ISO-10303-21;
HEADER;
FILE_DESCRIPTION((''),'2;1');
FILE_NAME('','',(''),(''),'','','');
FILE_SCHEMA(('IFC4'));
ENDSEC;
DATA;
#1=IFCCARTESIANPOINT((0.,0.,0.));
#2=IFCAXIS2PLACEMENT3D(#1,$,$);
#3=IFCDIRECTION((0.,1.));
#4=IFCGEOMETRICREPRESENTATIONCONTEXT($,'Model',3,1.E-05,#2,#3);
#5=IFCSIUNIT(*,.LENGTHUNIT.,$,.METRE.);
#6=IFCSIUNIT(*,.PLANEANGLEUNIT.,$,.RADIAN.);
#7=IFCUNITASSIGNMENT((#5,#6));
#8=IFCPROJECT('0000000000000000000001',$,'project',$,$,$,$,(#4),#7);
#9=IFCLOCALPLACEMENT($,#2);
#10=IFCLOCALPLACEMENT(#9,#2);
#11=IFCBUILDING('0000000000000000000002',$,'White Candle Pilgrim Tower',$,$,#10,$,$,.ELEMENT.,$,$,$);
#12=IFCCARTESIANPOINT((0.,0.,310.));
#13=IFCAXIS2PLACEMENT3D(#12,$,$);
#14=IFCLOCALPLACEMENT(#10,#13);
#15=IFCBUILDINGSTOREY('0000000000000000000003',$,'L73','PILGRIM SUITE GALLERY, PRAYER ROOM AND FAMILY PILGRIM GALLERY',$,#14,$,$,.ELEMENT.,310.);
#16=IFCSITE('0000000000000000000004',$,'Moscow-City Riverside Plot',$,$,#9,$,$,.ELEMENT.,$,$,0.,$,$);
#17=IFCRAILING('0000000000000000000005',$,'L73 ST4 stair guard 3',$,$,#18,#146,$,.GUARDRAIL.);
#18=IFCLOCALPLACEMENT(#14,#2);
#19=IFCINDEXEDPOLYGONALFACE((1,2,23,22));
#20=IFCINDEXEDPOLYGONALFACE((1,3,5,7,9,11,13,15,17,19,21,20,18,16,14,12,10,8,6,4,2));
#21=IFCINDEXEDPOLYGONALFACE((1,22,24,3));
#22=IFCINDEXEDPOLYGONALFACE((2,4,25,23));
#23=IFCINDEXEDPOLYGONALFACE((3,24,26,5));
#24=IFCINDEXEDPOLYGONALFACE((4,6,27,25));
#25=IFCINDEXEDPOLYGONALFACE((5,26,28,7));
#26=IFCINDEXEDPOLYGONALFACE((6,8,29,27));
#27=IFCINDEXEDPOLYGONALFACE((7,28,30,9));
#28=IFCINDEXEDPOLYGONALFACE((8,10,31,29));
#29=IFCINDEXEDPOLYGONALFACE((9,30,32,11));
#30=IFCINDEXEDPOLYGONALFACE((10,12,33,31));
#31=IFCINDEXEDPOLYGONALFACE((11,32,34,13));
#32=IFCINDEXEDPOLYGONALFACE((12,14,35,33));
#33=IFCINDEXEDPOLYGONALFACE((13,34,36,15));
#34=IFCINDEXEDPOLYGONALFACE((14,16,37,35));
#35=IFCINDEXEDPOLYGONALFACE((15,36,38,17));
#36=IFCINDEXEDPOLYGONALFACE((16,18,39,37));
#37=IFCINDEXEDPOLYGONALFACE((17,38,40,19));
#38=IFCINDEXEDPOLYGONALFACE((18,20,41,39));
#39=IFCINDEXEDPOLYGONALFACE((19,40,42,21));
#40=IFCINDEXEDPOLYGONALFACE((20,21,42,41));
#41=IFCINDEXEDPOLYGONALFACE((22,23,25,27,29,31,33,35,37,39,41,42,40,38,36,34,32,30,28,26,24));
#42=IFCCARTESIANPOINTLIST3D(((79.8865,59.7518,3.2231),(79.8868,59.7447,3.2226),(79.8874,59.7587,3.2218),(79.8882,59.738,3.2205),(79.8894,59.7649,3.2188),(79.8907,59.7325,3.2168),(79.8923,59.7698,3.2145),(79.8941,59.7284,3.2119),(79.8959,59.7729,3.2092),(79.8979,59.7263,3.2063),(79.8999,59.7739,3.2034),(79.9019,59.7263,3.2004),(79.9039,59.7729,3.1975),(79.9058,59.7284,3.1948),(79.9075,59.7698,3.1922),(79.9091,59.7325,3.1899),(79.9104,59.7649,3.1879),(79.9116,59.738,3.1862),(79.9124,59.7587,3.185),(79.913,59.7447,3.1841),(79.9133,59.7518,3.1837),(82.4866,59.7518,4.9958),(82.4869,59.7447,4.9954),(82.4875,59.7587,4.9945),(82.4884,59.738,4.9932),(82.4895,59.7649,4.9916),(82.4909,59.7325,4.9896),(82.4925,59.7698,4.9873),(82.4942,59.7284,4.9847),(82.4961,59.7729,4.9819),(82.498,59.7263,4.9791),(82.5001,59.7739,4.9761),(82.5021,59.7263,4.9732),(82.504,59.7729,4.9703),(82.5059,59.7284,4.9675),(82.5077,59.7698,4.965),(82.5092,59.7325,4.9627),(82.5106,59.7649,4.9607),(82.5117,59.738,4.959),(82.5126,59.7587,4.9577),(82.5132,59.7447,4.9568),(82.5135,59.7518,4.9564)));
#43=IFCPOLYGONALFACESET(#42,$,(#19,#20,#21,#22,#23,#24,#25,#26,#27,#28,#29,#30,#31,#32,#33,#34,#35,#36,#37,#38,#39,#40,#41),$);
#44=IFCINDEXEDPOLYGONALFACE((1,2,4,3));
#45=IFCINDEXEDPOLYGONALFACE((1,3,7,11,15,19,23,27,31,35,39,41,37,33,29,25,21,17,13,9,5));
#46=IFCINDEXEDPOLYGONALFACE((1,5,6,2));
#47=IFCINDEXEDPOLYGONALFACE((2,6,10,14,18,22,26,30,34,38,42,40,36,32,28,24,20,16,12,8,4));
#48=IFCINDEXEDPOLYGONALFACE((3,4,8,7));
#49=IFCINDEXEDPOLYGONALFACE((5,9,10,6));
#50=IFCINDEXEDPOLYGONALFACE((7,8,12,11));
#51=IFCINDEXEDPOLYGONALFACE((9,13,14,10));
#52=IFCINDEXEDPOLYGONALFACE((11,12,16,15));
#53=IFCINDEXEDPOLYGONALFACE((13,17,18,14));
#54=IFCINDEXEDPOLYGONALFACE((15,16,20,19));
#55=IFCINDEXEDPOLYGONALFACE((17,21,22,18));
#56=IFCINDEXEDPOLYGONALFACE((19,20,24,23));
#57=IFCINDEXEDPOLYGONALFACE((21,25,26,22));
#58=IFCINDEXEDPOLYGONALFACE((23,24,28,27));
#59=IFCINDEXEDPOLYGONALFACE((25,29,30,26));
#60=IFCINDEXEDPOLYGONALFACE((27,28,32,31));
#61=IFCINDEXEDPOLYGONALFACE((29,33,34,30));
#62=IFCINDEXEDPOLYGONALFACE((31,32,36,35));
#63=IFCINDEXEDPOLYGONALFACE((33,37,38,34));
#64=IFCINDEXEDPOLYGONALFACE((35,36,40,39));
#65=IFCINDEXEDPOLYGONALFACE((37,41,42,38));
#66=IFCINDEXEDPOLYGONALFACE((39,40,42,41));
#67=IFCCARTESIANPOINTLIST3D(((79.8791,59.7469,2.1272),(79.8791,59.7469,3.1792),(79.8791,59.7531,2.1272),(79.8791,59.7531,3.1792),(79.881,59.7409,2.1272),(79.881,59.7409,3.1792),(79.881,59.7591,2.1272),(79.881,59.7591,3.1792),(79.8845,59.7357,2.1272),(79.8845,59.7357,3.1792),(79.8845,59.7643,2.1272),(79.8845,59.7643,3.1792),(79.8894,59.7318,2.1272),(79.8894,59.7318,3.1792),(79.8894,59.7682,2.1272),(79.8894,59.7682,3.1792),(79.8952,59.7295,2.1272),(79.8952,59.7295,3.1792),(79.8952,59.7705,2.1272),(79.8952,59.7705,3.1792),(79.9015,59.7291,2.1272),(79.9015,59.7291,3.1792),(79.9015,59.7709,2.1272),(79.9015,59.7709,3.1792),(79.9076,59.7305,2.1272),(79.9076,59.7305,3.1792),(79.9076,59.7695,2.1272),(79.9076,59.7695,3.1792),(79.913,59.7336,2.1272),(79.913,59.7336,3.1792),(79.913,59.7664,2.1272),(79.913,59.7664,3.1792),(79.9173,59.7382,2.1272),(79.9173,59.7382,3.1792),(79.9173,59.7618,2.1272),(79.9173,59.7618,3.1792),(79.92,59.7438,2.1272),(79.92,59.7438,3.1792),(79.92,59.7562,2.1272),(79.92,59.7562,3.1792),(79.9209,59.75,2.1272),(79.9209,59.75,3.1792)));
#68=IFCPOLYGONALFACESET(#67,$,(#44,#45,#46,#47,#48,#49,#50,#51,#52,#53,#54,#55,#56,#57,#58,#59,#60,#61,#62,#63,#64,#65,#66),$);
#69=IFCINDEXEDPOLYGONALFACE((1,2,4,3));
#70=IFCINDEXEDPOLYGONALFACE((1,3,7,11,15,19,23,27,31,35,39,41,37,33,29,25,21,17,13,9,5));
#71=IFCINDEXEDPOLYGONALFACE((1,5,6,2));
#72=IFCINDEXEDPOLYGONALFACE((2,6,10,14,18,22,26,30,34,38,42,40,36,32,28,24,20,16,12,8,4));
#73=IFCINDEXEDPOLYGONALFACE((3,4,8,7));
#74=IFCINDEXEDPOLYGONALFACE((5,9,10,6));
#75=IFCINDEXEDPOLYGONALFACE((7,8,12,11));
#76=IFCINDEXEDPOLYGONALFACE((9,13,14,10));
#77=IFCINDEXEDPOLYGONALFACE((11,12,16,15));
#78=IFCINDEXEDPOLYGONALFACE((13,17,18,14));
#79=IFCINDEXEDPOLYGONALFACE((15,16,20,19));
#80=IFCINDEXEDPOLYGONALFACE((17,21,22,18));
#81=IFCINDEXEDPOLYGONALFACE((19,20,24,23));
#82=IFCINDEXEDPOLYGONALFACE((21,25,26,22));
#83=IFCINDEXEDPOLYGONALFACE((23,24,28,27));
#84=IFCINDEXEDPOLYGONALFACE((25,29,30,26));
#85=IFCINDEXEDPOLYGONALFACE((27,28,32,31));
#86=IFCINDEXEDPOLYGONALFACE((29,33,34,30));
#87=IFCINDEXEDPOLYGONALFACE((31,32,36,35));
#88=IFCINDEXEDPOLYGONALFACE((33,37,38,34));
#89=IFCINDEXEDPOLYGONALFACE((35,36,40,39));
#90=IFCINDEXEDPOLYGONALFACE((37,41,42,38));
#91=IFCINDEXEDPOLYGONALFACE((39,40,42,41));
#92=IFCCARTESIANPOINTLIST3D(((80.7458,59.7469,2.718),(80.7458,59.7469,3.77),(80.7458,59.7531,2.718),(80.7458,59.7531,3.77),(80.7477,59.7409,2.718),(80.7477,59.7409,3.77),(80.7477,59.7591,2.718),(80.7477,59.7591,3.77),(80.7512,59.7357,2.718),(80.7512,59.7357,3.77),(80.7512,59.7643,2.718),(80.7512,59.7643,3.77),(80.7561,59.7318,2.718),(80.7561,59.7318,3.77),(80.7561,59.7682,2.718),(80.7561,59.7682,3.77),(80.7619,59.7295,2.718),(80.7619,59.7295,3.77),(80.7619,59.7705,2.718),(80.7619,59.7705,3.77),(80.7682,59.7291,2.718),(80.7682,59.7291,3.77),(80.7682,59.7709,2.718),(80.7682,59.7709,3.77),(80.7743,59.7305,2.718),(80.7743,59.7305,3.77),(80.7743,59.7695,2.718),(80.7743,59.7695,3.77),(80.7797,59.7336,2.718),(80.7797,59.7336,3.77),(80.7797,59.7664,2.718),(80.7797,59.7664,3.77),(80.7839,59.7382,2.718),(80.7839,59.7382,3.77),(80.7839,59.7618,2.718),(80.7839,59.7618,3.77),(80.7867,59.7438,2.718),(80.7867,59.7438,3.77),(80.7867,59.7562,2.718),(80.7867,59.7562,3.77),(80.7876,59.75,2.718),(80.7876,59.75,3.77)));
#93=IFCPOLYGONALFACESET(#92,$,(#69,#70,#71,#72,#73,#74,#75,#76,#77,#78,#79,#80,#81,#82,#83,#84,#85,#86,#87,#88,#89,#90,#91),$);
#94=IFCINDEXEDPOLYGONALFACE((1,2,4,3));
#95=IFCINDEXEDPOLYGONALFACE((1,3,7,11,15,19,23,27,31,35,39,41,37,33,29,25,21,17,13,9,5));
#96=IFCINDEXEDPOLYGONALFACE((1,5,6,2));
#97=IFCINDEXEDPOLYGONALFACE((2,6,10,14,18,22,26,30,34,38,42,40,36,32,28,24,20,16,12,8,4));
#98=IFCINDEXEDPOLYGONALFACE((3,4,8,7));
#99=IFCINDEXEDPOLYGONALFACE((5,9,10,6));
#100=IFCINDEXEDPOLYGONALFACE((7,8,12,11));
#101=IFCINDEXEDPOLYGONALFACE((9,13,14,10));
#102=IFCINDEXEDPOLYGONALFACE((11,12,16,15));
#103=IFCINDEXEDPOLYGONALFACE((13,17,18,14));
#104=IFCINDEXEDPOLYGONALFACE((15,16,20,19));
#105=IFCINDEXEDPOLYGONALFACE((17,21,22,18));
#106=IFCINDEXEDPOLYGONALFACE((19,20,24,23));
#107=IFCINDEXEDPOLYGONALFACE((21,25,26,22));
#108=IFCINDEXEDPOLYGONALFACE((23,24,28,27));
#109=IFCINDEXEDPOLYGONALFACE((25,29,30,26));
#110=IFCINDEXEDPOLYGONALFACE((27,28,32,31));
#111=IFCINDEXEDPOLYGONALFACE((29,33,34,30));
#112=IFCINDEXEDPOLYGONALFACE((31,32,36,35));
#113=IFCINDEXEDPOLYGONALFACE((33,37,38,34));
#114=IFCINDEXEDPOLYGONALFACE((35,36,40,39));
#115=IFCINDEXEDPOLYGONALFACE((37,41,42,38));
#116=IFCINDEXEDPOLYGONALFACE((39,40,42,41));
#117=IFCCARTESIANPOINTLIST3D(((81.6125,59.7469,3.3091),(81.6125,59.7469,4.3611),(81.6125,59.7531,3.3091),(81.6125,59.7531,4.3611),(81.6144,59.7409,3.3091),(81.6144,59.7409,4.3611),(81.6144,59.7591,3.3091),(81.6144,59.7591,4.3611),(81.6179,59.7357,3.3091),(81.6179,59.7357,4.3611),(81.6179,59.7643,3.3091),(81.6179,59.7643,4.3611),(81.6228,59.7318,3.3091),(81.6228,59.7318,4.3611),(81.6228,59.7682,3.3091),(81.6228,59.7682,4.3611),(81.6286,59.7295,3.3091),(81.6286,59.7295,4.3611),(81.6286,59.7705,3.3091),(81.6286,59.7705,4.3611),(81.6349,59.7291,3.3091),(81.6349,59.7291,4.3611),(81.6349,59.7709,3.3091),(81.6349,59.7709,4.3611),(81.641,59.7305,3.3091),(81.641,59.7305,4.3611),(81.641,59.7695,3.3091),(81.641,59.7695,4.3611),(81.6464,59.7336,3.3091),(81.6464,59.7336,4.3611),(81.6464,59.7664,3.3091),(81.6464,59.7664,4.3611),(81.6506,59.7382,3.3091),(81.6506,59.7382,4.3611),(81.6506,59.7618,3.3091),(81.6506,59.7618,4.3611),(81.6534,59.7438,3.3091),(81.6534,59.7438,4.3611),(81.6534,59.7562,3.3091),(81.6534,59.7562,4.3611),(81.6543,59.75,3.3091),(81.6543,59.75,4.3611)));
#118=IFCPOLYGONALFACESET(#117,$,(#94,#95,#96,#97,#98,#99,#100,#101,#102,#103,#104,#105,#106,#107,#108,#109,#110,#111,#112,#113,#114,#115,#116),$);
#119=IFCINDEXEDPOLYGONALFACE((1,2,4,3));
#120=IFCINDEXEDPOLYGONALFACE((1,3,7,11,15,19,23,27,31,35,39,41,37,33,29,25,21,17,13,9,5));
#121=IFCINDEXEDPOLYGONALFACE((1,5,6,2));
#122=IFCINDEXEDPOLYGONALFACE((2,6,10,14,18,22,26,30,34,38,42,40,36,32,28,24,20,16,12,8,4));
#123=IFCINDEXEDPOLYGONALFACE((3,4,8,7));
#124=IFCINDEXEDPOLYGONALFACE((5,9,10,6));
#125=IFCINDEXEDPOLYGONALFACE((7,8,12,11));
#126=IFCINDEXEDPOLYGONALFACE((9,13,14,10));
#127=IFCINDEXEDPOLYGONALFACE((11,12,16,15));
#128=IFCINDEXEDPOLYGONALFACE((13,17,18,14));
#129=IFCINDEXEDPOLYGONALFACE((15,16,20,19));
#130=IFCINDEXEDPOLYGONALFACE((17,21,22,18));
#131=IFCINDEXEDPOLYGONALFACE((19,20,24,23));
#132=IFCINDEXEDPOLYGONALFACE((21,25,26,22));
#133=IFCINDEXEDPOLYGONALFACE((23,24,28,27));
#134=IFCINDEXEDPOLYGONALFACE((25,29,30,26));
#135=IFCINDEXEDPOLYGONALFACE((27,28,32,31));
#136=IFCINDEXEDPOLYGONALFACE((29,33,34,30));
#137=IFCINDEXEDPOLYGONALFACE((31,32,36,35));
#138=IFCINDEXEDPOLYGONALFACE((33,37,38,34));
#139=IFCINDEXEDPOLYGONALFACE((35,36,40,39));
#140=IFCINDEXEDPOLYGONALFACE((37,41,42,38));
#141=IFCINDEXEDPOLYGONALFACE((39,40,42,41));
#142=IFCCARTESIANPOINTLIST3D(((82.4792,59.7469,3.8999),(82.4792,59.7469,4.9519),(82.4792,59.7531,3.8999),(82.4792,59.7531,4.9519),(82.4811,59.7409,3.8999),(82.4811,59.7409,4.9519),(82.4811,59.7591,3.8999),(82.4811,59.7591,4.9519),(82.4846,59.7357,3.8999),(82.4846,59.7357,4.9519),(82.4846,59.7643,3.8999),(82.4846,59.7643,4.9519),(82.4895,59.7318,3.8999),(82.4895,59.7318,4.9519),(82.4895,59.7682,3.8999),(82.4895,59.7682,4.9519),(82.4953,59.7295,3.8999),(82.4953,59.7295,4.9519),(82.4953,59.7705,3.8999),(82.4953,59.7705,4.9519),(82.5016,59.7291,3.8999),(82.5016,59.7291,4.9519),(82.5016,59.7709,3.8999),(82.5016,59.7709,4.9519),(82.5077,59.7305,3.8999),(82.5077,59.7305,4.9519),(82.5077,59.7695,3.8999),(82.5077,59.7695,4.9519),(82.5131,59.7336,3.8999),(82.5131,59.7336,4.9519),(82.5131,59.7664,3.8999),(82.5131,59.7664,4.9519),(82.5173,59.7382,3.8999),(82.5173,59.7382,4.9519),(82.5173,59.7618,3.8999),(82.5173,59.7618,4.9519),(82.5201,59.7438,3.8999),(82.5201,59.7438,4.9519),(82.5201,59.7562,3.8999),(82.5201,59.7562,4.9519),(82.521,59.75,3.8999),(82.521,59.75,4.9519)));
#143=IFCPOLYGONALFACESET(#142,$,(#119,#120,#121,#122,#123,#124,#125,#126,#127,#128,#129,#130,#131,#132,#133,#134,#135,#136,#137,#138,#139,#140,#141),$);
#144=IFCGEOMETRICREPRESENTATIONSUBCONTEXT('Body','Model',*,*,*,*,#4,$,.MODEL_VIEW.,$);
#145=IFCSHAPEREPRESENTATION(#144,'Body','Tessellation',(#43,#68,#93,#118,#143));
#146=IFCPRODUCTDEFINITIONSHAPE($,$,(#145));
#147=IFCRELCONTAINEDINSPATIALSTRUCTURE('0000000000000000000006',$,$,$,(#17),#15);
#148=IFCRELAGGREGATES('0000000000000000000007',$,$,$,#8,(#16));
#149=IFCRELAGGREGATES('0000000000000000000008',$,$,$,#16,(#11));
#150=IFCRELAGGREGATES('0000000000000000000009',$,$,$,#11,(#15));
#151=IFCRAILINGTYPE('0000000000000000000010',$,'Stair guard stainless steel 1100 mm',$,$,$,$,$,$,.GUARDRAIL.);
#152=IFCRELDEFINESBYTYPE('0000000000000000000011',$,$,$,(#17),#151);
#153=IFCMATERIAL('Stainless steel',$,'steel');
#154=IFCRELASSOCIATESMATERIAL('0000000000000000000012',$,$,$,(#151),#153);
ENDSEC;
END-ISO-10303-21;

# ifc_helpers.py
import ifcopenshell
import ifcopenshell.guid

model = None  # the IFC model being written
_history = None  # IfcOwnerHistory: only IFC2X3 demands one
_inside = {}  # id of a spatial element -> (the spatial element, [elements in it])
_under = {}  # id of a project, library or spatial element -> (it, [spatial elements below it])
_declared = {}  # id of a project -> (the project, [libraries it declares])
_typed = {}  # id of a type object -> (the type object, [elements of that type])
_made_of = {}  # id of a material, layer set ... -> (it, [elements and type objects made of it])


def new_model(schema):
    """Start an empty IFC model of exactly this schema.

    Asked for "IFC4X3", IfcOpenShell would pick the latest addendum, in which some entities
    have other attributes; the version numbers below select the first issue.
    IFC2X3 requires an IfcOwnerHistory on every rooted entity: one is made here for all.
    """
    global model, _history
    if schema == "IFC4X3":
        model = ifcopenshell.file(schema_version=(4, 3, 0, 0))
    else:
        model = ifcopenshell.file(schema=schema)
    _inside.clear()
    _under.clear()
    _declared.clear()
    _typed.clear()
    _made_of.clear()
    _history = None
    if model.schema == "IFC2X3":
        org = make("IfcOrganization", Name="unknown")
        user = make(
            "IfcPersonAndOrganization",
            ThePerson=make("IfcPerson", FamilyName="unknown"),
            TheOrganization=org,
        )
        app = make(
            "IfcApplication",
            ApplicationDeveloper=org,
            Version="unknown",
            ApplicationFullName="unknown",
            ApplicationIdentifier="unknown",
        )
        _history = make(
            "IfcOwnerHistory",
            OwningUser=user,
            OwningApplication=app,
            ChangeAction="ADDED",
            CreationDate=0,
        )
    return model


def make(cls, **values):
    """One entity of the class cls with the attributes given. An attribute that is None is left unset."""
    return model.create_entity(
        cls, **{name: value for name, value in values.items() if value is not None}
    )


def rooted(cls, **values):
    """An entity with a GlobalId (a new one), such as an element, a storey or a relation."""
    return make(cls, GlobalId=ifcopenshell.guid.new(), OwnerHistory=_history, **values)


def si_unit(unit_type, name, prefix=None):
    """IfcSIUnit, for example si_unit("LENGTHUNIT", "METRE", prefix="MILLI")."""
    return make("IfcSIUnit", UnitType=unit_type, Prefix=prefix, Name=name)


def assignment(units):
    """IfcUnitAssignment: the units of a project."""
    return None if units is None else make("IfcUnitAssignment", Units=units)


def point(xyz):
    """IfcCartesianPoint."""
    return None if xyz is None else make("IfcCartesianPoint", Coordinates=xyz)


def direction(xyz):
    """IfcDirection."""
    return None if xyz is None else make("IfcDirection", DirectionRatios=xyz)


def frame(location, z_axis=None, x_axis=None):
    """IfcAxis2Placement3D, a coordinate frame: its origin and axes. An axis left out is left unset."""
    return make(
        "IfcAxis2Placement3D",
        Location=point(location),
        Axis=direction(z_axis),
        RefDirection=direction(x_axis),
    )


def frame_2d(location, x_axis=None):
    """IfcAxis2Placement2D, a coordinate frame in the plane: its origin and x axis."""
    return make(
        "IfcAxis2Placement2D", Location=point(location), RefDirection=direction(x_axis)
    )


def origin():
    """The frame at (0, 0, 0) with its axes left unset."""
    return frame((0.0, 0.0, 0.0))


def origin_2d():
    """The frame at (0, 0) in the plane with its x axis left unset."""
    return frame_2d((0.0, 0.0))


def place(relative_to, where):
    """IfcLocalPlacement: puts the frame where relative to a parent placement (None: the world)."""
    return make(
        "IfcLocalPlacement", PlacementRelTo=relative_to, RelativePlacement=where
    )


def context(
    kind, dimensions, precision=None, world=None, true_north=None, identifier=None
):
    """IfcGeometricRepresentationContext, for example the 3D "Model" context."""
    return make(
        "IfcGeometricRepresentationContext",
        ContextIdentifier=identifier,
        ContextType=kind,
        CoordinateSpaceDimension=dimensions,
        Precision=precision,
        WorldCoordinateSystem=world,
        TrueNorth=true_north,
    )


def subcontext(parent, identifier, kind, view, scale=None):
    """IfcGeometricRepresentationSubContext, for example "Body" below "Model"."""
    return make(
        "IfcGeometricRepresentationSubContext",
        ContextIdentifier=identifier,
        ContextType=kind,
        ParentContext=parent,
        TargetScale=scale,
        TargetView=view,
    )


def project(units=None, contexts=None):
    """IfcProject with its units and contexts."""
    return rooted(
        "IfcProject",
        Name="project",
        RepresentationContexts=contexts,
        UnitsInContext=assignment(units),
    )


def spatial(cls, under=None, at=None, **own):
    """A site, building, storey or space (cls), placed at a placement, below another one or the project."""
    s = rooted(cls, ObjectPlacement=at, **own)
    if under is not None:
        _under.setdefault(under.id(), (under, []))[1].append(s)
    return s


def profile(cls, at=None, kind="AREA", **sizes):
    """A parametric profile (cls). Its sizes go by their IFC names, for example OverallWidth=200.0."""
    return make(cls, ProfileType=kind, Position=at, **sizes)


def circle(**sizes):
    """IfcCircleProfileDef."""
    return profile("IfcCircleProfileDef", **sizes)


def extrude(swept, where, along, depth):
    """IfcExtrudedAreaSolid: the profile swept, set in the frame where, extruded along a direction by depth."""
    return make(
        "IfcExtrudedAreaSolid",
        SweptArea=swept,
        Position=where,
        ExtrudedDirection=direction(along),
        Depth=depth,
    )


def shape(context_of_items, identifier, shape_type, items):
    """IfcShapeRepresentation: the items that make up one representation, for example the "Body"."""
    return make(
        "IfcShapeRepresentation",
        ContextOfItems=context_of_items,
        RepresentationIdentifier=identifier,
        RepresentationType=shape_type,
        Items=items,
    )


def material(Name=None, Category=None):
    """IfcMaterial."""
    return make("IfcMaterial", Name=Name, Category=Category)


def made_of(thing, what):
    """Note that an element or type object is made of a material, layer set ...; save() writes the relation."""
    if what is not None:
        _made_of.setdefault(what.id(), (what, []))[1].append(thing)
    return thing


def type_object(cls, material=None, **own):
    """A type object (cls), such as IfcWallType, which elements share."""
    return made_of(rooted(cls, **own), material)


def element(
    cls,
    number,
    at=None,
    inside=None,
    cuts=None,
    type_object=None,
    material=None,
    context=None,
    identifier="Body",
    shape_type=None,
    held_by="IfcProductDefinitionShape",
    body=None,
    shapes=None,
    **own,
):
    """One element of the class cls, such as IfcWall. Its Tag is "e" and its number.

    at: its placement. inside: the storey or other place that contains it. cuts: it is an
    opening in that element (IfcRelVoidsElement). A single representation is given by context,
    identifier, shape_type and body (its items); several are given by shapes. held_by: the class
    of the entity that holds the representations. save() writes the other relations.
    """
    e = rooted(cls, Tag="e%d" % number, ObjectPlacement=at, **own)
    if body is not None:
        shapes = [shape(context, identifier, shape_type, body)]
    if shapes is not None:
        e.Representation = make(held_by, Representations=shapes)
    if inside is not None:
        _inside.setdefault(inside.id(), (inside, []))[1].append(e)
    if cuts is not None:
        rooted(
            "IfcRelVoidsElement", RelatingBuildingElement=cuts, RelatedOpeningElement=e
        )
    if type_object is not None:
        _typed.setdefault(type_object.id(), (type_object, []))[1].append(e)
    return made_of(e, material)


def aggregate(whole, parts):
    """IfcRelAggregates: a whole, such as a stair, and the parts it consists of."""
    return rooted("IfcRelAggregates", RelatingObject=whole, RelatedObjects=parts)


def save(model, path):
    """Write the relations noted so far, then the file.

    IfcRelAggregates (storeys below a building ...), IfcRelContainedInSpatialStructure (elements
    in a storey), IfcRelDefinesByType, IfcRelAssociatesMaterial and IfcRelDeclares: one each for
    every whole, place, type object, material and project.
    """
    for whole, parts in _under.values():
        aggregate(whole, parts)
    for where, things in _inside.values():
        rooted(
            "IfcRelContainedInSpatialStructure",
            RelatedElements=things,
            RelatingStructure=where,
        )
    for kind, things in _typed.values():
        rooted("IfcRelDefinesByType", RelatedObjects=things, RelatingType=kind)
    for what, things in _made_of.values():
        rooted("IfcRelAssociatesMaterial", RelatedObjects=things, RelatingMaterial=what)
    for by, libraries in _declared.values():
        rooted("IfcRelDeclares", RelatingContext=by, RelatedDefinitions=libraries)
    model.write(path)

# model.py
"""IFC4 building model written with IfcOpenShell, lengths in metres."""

from ifc_helpers import new_model, si_unit, direction, frame, origin, origin_2d, place, context, subcontext, project, spatial, circle, extrude, material, type_object, element, save


model = new_model("IFC4")

# Units and contexts
model_context = context("Model", 3, precision=1e-05, world=origin(), true_north=direction((0.0, 1.0)))
body_context = subcontext(model_context, "Body", "Model", "MODEL_VIEW")
ifc_project = project(units=[si_unit("LENGTHUNIT", "METRE"), si_unit("PLANEANGLEUNIT", "RADIAN")], contexts=[model_context])

# Site, building, storey
site_placement = place(None, origin())
site = spatial("IfcSite", under=ifc_project, at=site_placement, Name="Moscow-City Riverside Plot", CompositionType="ELEMENT", RefElevation=0.0)
building_placement = place(site_placement, origin())
building = spatial("IfcBuilding", under=site, at=building_placement, Name="White Candle Pilgrim Tower", CompositionType="ELEMENT")
storey_placement = place(building_placement, frame((0.0, 0.0, 310.0)))
storey = spatial("IfcBuildingStorey", under=building, at=storey_placement, Name="L73", Description="PILGRIM SUITE GALLERY, PRAYER ROOM AND FAMILY PILGRIM GALLERY", CompositionType="ELEMENT", Elevation=310.0)

# Railing
ifc_material_1 = material(Name="Stainless steel", Category="steel")
railing_type_1 = type_object("IfcRailingType", Name="Stair guard stainless steel 1100 mm", PredefinedType="GUARDRAIL", material=ifc_material_1)
railing_1_placement = place(storey_placement, frame((79.8999, 59.75, 2.1272)))
element("IfcRailing", 1, at=railing_1_placement, inside=storey, type_object=railing_type_1, Name="L73 ST4 stair guard 3", PredefinedType="GUARDRAIL", context=body_context, shape_type="SweptSolid", body=[
    extrude(circle(Radius=0.0239, at=origin_2d()), frame((0.0, 0.0, 1.0762), z_axis=(0.82624, 0.0, 0.563318), x_axis=(0.0, 1.0, 0.0)), (0.0, 0.0, 1.0), 3.147),
    extrude(circle(Radius=0.021, at=origin_2d()), origin(), (0.0, 0.0, 1.0), 1.052),
    extrude(circle(Radius=0.021, at=origin_2d()), frame((0.8667, 0.0, 0.5908)), (0.0, 0.0, 1.0), 1.052),
    extrude(circle(Radius=0.021, at=origin_2d()), frame((1.7334, 0.0, 1.1819)), (0.0, 0.0, 1.0), 1.052),
    extrude(circle(Radius=0.021, at=origin_2d()), frame((2.6001, 0.0, 1.7727)), (0.0, 0.0, 1.0), 1.052),
])

save(model, "model.ifc")
